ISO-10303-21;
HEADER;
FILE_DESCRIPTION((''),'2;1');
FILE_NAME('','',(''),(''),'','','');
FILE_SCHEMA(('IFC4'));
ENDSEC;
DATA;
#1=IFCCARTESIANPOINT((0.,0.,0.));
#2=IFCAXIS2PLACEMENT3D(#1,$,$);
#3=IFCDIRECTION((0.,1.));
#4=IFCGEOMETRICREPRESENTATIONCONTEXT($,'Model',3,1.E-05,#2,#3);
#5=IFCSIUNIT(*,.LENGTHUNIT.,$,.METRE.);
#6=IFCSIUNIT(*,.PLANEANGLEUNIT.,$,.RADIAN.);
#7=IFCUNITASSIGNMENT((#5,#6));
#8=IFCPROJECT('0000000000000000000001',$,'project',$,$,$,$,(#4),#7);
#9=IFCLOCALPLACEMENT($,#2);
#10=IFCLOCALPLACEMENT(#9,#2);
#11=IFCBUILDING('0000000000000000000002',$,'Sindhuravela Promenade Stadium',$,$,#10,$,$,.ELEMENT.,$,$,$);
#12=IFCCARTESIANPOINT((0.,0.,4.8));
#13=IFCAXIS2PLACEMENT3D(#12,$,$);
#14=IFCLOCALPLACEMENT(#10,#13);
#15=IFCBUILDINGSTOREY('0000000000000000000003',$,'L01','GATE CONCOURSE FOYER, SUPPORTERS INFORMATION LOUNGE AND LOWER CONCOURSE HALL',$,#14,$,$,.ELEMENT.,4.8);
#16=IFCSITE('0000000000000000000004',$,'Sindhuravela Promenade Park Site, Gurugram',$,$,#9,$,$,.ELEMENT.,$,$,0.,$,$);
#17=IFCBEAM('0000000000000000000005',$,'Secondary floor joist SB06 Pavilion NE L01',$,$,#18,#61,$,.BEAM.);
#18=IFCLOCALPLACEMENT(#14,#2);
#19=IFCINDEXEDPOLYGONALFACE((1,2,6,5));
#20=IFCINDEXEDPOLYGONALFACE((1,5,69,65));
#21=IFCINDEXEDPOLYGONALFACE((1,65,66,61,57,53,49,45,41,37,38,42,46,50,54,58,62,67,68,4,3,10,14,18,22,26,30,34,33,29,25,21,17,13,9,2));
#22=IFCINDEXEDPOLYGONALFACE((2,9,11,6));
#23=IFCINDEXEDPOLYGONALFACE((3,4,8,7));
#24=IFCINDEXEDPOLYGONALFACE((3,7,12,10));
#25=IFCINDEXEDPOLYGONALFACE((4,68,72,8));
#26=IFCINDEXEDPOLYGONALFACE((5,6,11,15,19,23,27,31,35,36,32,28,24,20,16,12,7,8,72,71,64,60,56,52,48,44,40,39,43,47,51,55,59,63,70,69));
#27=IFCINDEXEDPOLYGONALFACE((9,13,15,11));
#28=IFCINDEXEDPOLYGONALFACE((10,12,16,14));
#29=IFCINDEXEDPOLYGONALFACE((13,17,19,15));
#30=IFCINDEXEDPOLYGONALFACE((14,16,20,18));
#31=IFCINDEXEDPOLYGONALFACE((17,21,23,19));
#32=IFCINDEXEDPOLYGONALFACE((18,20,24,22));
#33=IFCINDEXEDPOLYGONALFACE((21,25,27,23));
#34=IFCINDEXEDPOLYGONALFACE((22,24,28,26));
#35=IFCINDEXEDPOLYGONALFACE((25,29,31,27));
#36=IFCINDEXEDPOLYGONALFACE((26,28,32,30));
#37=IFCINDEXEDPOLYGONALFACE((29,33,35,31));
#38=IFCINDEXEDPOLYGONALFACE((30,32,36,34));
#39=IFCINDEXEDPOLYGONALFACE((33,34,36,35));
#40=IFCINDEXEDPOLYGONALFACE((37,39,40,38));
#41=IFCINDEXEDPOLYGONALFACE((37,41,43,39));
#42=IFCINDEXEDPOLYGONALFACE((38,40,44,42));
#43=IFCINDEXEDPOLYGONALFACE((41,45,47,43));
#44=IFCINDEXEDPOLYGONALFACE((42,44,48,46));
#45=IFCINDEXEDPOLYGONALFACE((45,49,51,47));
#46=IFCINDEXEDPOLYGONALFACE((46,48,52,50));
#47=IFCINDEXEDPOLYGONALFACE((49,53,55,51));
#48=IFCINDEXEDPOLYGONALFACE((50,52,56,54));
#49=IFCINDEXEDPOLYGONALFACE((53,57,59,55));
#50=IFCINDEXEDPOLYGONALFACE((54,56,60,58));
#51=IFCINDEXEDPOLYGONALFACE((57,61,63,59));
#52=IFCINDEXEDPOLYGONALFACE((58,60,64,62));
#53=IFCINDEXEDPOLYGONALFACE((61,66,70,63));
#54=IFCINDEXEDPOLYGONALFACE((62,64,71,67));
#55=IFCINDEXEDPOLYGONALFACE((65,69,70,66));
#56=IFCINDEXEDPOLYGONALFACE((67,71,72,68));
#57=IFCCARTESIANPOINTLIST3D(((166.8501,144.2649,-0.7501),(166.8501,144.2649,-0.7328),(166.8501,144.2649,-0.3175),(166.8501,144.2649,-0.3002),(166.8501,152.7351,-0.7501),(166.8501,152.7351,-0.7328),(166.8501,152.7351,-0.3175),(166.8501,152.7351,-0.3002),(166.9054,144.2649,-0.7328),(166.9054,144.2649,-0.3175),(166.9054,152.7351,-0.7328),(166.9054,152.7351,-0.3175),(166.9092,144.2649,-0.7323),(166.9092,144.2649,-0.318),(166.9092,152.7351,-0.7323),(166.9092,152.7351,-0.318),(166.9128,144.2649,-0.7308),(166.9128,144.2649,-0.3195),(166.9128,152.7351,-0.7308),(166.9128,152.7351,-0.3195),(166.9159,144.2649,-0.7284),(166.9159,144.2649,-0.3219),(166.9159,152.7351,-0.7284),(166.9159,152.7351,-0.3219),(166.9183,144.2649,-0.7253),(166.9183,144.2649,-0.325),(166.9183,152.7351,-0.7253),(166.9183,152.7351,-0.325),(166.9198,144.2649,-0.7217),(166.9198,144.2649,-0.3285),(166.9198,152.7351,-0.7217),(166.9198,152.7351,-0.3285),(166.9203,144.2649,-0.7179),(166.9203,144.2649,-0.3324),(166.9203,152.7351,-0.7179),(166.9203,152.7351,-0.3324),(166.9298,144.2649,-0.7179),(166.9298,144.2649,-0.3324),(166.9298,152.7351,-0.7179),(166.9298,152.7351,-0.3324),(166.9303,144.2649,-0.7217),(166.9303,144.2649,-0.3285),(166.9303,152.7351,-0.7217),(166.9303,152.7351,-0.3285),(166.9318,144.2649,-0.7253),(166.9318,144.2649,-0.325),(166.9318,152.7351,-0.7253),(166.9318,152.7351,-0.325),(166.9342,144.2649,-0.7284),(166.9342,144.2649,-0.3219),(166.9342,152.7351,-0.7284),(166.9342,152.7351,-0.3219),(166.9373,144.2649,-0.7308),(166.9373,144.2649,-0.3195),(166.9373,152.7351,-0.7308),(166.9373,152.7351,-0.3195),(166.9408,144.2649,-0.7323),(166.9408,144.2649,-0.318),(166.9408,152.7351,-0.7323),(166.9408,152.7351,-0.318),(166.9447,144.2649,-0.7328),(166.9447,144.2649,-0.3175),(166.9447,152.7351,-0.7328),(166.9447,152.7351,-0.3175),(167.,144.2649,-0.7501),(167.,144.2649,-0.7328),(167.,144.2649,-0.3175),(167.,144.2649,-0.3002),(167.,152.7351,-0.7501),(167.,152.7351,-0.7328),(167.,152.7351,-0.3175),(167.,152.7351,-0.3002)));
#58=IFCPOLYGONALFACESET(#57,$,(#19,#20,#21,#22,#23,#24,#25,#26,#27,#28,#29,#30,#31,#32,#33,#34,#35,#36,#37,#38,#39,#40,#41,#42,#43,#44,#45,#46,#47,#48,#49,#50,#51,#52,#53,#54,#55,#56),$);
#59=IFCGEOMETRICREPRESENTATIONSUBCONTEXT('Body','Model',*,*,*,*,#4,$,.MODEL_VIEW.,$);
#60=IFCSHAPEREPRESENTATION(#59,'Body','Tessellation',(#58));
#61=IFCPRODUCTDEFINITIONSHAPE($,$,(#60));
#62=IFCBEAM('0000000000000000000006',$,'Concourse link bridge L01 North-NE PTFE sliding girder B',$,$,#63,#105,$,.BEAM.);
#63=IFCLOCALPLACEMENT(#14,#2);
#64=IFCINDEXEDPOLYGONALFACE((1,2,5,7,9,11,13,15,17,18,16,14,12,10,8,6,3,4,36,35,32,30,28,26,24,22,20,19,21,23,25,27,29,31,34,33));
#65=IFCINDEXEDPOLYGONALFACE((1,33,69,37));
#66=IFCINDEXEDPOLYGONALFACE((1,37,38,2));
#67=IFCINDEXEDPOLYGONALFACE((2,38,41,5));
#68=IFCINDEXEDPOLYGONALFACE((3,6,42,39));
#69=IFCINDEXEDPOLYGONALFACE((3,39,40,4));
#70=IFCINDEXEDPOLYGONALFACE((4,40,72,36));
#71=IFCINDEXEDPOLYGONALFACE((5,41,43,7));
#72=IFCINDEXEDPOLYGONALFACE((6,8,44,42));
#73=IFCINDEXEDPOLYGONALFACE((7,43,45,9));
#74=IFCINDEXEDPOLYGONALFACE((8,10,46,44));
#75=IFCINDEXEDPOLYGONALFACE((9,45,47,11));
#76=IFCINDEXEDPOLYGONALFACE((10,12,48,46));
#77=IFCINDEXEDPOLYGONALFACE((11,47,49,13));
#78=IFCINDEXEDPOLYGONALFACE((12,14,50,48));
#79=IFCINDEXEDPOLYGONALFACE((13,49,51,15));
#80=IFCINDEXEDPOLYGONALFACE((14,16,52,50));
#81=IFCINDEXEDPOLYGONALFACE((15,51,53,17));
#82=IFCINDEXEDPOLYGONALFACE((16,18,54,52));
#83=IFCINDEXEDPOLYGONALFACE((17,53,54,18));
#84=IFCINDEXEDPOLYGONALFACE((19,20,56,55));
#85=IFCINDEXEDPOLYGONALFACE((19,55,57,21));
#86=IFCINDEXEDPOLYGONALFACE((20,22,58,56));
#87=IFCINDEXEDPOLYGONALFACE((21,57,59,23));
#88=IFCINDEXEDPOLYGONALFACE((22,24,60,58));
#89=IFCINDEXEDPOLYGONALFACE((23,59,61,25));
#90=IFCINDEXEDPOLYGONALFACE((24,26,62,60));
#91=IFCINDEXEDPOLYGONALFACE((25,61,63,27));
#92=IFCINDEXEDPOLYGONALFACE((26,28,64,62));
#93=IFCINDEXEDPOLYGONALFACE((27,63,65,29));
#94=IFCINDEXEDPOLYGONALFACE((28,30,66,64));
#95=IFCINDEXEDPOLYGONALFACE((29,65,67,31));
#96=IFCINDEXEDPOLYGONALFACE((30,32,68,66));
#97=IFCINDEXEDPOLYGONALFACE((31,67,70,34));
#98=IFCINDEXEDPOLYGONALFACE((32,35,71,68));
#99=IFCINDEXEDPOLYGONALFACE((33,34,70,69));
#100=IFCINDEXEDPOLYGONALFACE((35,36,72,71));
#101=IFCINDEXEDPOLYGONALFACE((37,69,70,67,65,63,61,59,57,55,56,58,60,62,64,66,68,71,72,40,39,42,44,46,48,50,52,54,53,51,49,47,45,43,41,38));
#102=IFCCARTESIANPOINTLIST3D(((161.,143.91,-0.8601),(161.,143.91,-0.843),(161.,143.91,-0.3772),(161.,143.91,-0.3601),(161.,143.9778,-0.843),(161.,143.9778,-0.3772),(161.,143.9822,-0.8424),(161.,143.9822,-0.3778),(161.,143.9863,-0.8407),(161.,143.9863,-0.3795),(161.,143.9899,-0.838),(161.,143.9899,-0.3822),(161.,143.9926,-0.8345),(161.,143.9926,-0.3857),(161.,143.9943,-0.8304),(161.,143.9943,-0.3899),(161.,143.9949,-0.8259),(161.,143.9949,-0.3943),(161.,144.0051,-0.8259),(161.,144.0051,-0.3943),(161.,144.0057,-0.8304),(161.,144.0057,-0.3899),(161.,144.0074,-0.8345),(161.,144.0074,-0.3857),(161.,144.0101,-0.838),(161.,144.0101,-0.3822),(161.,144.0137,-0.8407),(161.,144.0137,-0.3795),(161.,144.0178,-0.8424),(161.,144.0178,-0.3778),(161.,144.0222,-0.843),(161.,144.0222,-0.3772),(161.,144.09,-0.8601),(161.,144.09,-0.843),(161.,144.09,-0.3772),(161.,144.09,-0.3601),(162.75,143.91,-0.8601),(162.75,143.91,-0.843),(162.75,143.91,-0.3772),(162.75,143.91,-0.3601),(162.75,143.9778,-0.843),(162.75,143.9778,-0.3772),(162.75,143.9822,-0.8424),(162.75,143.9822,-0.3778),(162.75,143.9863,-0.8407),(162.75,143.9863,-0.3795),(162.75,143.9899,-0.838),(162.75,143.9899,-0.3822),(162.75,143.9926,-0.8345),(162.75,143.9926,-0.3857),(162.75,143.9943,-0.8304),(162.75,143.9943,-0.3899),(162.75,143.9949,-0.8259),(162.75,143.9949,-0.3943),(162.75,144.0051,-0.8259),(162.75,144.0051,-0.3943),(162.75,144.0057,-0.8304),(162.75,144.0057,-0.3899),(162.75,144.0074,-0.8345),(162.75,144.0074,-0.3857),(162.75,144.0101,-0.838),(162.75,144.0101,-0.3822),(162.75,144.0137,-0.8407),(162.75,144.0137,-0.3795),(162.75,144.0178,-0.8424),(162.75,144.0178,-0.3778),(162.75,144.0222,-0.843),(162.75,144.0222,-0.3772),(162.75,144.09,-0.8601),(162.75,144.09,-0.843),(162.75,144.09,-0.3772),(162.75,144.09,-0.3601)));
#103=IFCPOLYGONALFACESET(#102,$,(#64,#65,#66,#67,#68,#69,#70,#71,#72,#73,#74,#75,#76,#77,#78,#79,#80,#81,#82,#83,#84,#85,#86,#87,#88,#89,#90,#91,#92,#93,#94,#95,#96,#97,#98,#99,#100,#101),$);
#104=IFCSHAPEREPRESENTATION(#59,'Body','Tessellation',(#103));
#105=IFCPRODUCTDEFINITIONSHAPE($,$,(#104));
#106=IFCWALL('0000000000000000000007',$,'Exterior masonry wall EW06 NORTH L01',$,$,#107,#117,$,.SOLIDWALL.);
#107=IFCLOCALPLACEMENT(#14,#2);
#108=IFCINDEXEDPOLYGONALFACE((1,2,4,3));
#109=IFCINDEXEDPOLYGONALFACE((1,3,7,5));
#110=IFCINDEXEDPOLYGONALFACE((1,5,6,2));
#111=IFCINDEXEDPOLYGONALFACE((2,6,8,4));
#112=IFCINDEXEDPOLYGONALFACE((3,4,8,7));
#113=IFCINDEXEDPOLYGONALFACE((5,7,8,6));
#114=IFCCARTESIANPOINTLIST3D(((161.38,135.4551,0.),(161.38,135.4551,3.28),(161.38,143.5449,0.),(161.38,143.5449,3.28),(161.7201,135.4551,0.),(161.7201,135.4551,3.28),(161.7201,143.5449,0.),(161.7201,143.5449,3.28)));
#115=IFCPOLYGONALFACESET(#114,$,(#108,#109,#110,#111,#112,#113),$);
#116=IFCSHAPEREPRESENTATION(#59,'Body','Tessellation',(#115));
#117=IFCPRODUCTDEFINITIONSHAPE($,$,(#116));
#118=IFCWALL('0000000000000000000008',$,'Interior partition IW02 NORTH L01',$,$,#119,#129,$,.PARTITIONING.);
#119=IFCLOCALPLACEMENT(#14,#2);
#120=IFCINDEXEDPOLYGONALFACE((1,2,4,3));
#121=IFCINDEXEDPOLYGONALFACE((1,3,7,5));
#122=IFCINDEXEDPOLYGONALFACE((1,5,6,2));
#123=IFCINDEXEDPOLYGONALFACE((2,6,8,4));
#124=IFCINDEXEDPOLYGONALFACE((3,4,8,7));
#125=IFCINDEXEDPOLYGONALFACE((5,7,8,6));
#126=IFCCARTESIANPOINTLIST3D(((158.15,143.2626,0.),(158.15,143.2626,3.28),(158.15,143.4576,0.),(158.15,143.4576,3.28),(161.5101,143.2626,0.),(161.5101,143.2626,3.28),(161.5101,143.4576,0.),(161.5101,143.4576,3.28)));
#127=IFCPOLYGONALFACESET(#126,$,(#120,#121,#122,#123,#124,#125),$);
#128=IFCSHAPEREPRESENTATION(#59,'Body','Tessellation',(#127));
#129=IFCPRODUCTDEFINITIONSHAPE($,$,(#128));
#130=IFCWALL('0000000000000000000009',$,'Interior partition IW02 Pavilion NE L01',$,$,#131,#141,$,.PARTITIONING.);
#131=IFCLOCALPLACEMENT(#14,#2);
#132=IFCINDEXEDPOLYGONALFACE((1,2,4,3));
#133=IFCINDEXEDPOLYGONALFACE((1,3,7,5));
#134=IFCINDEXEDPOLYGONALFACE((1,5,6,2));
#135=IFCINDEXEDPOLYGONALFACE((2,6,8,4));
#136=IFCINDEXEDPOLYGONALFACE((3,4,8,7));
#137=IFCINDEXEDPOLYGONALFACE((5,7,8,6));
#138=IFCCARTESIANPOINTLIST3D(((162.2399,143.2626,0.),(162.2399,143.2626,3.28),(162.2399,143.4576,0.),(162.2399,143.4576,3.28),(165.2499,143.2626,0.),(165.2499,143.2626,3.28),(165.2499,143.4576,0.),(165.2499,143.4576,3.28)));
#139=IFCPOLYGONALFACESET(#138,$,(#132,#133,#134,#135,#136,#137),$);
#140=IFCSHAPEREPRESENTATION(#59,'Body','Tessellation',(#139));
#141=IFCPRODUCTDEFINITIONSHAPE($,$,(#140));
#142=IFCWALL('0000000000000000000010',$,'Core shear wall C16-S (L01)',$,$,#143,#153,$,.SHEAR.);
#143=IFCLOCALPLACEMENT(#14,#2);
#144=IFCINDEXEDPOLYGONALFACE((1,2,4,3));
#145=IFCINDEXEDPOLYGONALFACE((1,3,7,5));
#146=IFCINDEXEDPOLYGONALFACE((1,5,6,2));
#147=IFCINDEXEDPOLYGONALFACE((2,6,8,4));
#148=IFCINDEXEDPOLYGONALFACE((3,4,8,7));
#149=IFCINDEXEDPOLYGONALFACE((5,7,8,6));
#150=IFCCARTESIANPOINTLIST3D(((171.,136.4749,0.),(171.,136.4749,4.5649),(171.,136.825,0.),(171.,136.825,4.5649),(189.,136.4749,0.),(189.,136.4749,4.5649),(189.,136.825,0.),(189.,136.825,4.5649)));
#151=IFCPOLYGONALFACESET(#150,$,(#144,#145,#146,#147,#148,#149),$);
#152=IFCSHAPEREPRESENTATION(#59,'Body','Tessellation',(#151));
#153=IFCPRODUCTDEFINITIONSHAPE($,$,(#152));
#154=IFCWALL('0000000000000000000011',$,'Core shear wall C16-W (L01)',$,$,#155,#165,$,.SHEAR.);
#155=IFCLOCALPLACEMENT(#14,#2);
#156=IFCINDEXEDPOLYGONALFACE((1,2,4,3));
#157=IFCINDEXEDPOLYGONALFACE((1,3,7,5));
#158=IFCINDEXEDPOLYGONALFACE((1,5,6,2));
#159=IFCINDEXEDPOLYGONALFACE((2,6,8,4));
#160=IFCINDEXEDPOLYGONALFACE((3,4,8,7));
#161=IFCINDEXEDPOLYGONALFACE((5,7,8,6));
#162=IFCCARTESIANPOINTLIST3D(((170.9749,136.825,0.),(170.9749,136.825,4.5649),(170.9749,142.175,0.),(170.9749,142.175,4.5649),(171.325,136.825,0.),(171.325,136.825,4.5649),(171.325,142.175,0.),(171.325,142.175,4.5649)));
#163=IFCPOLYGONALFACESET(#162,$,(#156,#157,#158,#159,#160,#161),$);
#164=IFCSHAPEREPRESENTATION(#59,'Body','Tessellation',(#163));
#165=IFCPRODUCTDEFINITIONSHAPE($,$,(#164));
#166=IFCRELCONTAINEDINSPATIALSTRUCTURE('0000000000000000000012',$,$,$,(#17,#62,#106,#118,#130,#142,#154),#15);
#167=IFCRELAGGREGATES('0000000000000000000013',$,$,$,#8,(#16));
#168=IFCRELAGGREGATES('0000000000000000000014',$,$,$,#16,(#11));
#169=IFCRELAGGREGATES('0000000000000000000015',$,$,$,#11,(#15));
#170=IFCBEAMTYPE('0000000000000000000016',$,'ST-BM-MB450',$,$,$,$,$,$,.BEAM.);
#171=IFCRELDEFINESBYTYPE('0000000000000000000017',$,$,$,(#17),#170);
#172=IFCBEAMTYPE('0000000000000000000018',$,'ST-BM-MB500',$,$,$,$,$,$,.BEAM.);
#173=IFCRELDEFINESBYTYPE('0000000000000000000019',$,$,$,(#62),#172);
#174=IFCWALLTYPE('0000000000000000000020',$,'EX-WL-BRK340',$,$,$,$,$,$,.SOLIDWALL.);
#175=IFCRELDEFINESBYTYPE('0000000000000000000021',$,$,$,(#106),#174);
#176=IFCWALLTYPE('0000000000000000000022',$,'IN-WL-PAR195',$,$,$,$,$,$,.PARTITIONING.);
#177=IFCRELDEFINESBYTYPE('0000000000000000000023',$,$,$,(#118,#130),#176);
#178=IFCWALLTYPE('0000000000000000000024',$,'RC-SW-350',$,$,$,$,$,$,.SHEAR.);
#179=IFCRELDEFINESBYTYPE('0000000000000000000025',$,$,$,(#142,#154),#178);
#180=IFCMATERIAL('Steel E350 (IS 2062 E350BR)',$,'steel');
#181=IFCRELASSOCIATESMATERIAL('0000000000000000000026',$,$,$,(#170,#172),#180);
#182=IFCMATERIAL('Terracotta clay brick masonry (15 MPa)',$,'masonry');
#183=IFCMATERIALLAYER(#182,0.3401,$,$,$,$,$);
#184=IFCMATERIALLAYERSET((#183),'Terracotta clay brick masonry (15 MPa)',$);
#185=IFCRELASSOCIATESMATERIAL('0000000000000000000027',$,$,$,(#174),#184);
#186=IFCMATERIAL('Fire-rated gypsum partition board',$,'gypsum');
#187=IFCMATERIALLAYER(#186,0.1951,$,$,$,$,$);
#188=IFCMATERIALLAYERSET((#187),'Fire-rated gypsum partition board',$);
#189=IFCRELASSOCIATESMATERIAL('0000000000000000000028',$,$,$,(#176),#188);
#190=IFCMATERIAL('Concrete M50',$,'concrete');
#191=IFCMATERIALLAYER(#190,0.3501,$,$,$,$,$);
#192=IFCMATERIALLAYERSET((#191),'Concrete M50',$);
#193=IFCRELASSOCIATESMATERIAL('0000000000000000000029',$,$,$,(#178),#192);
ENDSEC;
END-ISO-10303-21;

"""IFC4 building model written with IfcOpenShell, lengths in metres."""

from ifc_helpers import new_model, si_unit, direction, frame, frame_2d, origin, origin_2d, place, context, subcontext, project, spatial, rectangle, i_section, extrude, material, layer, layer_set, material_profile, profile_set, type_object, element, save


model = new_model("IFC4")

# Units and contexts
model_context = context("Model", 3, precision=1e-05, world=origin(), true_north=direction((0.0, 1.0)))
body_context = subcontext(model_context, "Body", "Model", "MODEL_VIEW")
ifc_project = project(units=[si_unit("LENGTHUNIT", "METRE"), si_unit("PLANEANGLEUNIT", "RADIAN")], contexts=[model_context])

# Site, building, storey
site_placement = place(None, origin())
site = spatial("IfcSite", under=ifc_project, at=site_placement, Name="Sindhuravela Promenade Park Site, Gurugram", CompositionType="ELEMENT", RefElevation=0.0)
building_placement = place(site_placement, origin())
building = spatial("IfcBuilding", under=site, at=building_placement, Name="Sindhuravela Promenade Stadium", CompositionType="ELEMENT")
storey_placement = place(building_placement, frame((0.0, 0.0, 4.8)))
storey = spatial("IfcBuildingStorey", under=building, at=storey_placement, Name="L01", Description="GATE CONCOURSE FOYER, SUPPORTERS INFORMATION LOUNGE AND LOWER CONCOURSE HALL", CompositionType="ELEMENT", Elevation=4.8)

# Beams
ifc_material_1 = material(Name="Steel E350 (IS 2062 E350BR)", Category="steel")
ifc_material_profile_1 = material_profile(ifc_material_1, i_section(OverallWidth=0.1499, OverallDepth=0.45, WebThickness=0.0095, FlangeThickness=0.0173, FilletRadius=0.0149, at=origin_2d()), Name="ISMB 450")
ifc_profile_set_1 = profile_set([ifc_material_profile_1], Name="Steel E350 (IS 2062 E350BR)")
beam_type_1 = type_object("IfcBeamType", Name="ST-BM-MB450", PredefinedType="BEAM", material=ifc_profile_set_1)
beam_1_placement = place(storey_placement, frame((166.925, 144.2649, -0.5251), z_axis=(0.0, 1.0, 0.0), x_axis=(-1.0, 0.0, 0.0)))
element("IfcBeam", 1, at=beam_1_placement, inside=storey, type_object=beam_type_1, Name="Secondary floor joist SB06 Pavilion NE L01", PredefinedType="BEAM", context=body_context, shape_type="SweptSolid", body=[
    extrude(i_section(OverallWidth=0.1499, OverallDepth=0.45, WebThickness=0.0095, FlangeThickness=0.0173, FilletRadius=0.0149, at=origin_2d()), origin(), (0.0, 0.0, 1.0), 8.4702),
])
ifc_material_profile_2 = material_profile(ifc_material_1, i_section(OverallWidth=0.1799, OverallDepth=0.5, WebThickness=0.0103, FlangeThickness=0.0171, FilletRadius=0.0171, at=origin_2d()), Name="ISMB 500")
ifc_profile_set_2 = profile_set([ifc_material_profile_2], Name="Steel E350 (IS 2062 E350BR)")
beam_type_2 = type_object("IfcBeamType", Name="ST-BM-MB500", PredefinedType="BEAM", material=ifc_profile_set_2)
beam_2_placement = place(storey_placement, frame((161.0, 144.0, -0.6101), z_axis=(1.0, 0.0, 0.0), x_axis=(0.0, 1.0, 0.0)))
element("IfcBeam", 2, at=beam_2_placement, inside=storey, type_object=beam_type_2, Name="Concourse link bridge L01 North-NE PTFE sliding girder B", PredefinedType="BEAM", context=body_context, shape_type="SweptSolid", body=[
    extrude(i_section(OverallWidth=0.1799, OverallDepth=0.5, WebThickness=0.0103, FlangeThickness=0.0171, FilletRadius=0.0171, at=origin_2d()), origin(), (0.0, 0.0, 1.0), 1.75),
])

# Walls
ifc_material_2 = material(Name="Terracotta clay brick masonry (15 MPa)", Category="masonry")
ifc_layer_1 = layer(ifc_material_2, 0.3401)
ifc_layer_set_1 = layer_set([ifc_layer_1], Name="Terracotta clay brick masonry (15 MPa)")
wall_type_1 = type_object("IfcWallType", Name="EX-WL-BRK340", PredefinedType="SOLIDWALL", material=ifc_layer_set_1)
wall_1_placement = place(storey_placement, frame((161.55, 143.5449, 0.0), z_axis=(0.0, 0.0, 1.0), x_axis=(0.0, -1.0, 0.0)))
element("IfcWall", 3, at=wall_1_placement, inside=storey, type_object=wall_type_1, Name="Exterior masonry wall EW06 NORTH L01", PredefinedType="SOLIDWALL", context=body_context, shape_type="SweptSolid", body=[
    extrude(rectangle(XDim=8.0898, YDim=0.3401, at=frame_2d((4.0449, 0.0))), origin(), (0.0, 0.0, 1.0), 3.28),
])
ifc_material_3 = material(Name="Fire-rated gypsum partition board", Category="gypsum")
ifc_layer_2 = layer(ifc_material_3, 0.1951)
ifc_layer_set_2 = layer_set([ifc_layer_2], Name="Fire-rated gypsum partition board")
wall_type_2 = type_object("IfcWallType", Name="IN-WL-PAR195", PredefinedType="PARTITIONING", material=ifc_layer_set_2)
wall_2_placement = place(storey_placement, frame((158.1499, 143.3601, 0.0), z_axis=(0.0, 0.0, 1.0), x_axis=(1.0, 0.0, 0.0)))
element("IfcWall", 4, at=wall_2_placement, inside=storey, type_object=wall_type_2, Name="Interior partition IW02 NORTH L01", PredefinedType="PARTITIONING", context=body_context, shape_type="SweptSolid", body=[
    extrude(rectangle(XDim=3.3601, YDim=0.1951, at=frame_2d((1.6802, 0.0))), origin(), (0.0, 0.0, 1.0), 3.28),
])
wall_3_placement = place(storey_placement, frame((162.24, 143.3601, 0.0), z_axis=(0.0, 0.0, 1.0), x_axis=(1.0, 0.0, 0.0)))
element("IfcWall", 5, at=wall_3_placement, inside=storey, type_object=wall_type_2, Name="Interior partition IW02 Pavilion NE L01", PredefinedType="PARTITIONING", context=body_context, shape_type="SweptSolid", body=[
    extrude(rectangle(XDim=3.01, YDim=0.1951, at=frame_2d((1.5049, 0.0))), origin(), (0.0, 0.0, 1.0), 3.28),
])
ifc_material_4 = material(Name="Concrete M50", Category="concrete")
ifc_layer_3 = layer(ifc_material_4, 0.3501)
ifc_layer_set_3 = layer_set([ifc_layer_3], Name="Concrete M50")
wall_type_3 = type_object("IfcWallType", Name="RC-SW-350", PredefinedType="SHEAR", material=ifc_layer_set_3)
wall_4_placement = place(storey_placement, frame((171.0, 136.6499, 0.0), z_axis=(0.0, 0.0, 1.0), x_axis=(1.0, 0.0, 0.0)))
element("IfcWall", 6, at=wall_4_placement, inside=storey, type_object=wall_type_3, Name="Core shear wall C16-S (L01)", PredefinedType="SHEAR", context=body_context, shape_type="SweptSolid", body=[
    extrude(rectangle(XDim=18.0, YDim=0.3501, at=frame_2d((9.0, 0.0))), origin(), (0.0, 0.0, 1.0), 4.5649),
])
wall_5_placement = place(storey_placement, frame((171.1499, 142.175, 0.0), z_axis=(0.0, 0.0, 1.0), x_axis=(0.0, -1.0, 0.0)))
element("IfcWall", 7, at=wall_5_placement, inside=storey, type_object=wall_type_3, Name="Core shear wall C16-W (L01)", PredefinedType="SHEAR", context=body_context, shape_type="SweptSolid", body=[
    extrude(rectangle(XDim=5.3501, YDim=0.3501, at=frame_2d((2.675, 0.0))), origin(), (0.0, 0.0, 1.0), 4.5649),
])

save(model, "model.ifc")
